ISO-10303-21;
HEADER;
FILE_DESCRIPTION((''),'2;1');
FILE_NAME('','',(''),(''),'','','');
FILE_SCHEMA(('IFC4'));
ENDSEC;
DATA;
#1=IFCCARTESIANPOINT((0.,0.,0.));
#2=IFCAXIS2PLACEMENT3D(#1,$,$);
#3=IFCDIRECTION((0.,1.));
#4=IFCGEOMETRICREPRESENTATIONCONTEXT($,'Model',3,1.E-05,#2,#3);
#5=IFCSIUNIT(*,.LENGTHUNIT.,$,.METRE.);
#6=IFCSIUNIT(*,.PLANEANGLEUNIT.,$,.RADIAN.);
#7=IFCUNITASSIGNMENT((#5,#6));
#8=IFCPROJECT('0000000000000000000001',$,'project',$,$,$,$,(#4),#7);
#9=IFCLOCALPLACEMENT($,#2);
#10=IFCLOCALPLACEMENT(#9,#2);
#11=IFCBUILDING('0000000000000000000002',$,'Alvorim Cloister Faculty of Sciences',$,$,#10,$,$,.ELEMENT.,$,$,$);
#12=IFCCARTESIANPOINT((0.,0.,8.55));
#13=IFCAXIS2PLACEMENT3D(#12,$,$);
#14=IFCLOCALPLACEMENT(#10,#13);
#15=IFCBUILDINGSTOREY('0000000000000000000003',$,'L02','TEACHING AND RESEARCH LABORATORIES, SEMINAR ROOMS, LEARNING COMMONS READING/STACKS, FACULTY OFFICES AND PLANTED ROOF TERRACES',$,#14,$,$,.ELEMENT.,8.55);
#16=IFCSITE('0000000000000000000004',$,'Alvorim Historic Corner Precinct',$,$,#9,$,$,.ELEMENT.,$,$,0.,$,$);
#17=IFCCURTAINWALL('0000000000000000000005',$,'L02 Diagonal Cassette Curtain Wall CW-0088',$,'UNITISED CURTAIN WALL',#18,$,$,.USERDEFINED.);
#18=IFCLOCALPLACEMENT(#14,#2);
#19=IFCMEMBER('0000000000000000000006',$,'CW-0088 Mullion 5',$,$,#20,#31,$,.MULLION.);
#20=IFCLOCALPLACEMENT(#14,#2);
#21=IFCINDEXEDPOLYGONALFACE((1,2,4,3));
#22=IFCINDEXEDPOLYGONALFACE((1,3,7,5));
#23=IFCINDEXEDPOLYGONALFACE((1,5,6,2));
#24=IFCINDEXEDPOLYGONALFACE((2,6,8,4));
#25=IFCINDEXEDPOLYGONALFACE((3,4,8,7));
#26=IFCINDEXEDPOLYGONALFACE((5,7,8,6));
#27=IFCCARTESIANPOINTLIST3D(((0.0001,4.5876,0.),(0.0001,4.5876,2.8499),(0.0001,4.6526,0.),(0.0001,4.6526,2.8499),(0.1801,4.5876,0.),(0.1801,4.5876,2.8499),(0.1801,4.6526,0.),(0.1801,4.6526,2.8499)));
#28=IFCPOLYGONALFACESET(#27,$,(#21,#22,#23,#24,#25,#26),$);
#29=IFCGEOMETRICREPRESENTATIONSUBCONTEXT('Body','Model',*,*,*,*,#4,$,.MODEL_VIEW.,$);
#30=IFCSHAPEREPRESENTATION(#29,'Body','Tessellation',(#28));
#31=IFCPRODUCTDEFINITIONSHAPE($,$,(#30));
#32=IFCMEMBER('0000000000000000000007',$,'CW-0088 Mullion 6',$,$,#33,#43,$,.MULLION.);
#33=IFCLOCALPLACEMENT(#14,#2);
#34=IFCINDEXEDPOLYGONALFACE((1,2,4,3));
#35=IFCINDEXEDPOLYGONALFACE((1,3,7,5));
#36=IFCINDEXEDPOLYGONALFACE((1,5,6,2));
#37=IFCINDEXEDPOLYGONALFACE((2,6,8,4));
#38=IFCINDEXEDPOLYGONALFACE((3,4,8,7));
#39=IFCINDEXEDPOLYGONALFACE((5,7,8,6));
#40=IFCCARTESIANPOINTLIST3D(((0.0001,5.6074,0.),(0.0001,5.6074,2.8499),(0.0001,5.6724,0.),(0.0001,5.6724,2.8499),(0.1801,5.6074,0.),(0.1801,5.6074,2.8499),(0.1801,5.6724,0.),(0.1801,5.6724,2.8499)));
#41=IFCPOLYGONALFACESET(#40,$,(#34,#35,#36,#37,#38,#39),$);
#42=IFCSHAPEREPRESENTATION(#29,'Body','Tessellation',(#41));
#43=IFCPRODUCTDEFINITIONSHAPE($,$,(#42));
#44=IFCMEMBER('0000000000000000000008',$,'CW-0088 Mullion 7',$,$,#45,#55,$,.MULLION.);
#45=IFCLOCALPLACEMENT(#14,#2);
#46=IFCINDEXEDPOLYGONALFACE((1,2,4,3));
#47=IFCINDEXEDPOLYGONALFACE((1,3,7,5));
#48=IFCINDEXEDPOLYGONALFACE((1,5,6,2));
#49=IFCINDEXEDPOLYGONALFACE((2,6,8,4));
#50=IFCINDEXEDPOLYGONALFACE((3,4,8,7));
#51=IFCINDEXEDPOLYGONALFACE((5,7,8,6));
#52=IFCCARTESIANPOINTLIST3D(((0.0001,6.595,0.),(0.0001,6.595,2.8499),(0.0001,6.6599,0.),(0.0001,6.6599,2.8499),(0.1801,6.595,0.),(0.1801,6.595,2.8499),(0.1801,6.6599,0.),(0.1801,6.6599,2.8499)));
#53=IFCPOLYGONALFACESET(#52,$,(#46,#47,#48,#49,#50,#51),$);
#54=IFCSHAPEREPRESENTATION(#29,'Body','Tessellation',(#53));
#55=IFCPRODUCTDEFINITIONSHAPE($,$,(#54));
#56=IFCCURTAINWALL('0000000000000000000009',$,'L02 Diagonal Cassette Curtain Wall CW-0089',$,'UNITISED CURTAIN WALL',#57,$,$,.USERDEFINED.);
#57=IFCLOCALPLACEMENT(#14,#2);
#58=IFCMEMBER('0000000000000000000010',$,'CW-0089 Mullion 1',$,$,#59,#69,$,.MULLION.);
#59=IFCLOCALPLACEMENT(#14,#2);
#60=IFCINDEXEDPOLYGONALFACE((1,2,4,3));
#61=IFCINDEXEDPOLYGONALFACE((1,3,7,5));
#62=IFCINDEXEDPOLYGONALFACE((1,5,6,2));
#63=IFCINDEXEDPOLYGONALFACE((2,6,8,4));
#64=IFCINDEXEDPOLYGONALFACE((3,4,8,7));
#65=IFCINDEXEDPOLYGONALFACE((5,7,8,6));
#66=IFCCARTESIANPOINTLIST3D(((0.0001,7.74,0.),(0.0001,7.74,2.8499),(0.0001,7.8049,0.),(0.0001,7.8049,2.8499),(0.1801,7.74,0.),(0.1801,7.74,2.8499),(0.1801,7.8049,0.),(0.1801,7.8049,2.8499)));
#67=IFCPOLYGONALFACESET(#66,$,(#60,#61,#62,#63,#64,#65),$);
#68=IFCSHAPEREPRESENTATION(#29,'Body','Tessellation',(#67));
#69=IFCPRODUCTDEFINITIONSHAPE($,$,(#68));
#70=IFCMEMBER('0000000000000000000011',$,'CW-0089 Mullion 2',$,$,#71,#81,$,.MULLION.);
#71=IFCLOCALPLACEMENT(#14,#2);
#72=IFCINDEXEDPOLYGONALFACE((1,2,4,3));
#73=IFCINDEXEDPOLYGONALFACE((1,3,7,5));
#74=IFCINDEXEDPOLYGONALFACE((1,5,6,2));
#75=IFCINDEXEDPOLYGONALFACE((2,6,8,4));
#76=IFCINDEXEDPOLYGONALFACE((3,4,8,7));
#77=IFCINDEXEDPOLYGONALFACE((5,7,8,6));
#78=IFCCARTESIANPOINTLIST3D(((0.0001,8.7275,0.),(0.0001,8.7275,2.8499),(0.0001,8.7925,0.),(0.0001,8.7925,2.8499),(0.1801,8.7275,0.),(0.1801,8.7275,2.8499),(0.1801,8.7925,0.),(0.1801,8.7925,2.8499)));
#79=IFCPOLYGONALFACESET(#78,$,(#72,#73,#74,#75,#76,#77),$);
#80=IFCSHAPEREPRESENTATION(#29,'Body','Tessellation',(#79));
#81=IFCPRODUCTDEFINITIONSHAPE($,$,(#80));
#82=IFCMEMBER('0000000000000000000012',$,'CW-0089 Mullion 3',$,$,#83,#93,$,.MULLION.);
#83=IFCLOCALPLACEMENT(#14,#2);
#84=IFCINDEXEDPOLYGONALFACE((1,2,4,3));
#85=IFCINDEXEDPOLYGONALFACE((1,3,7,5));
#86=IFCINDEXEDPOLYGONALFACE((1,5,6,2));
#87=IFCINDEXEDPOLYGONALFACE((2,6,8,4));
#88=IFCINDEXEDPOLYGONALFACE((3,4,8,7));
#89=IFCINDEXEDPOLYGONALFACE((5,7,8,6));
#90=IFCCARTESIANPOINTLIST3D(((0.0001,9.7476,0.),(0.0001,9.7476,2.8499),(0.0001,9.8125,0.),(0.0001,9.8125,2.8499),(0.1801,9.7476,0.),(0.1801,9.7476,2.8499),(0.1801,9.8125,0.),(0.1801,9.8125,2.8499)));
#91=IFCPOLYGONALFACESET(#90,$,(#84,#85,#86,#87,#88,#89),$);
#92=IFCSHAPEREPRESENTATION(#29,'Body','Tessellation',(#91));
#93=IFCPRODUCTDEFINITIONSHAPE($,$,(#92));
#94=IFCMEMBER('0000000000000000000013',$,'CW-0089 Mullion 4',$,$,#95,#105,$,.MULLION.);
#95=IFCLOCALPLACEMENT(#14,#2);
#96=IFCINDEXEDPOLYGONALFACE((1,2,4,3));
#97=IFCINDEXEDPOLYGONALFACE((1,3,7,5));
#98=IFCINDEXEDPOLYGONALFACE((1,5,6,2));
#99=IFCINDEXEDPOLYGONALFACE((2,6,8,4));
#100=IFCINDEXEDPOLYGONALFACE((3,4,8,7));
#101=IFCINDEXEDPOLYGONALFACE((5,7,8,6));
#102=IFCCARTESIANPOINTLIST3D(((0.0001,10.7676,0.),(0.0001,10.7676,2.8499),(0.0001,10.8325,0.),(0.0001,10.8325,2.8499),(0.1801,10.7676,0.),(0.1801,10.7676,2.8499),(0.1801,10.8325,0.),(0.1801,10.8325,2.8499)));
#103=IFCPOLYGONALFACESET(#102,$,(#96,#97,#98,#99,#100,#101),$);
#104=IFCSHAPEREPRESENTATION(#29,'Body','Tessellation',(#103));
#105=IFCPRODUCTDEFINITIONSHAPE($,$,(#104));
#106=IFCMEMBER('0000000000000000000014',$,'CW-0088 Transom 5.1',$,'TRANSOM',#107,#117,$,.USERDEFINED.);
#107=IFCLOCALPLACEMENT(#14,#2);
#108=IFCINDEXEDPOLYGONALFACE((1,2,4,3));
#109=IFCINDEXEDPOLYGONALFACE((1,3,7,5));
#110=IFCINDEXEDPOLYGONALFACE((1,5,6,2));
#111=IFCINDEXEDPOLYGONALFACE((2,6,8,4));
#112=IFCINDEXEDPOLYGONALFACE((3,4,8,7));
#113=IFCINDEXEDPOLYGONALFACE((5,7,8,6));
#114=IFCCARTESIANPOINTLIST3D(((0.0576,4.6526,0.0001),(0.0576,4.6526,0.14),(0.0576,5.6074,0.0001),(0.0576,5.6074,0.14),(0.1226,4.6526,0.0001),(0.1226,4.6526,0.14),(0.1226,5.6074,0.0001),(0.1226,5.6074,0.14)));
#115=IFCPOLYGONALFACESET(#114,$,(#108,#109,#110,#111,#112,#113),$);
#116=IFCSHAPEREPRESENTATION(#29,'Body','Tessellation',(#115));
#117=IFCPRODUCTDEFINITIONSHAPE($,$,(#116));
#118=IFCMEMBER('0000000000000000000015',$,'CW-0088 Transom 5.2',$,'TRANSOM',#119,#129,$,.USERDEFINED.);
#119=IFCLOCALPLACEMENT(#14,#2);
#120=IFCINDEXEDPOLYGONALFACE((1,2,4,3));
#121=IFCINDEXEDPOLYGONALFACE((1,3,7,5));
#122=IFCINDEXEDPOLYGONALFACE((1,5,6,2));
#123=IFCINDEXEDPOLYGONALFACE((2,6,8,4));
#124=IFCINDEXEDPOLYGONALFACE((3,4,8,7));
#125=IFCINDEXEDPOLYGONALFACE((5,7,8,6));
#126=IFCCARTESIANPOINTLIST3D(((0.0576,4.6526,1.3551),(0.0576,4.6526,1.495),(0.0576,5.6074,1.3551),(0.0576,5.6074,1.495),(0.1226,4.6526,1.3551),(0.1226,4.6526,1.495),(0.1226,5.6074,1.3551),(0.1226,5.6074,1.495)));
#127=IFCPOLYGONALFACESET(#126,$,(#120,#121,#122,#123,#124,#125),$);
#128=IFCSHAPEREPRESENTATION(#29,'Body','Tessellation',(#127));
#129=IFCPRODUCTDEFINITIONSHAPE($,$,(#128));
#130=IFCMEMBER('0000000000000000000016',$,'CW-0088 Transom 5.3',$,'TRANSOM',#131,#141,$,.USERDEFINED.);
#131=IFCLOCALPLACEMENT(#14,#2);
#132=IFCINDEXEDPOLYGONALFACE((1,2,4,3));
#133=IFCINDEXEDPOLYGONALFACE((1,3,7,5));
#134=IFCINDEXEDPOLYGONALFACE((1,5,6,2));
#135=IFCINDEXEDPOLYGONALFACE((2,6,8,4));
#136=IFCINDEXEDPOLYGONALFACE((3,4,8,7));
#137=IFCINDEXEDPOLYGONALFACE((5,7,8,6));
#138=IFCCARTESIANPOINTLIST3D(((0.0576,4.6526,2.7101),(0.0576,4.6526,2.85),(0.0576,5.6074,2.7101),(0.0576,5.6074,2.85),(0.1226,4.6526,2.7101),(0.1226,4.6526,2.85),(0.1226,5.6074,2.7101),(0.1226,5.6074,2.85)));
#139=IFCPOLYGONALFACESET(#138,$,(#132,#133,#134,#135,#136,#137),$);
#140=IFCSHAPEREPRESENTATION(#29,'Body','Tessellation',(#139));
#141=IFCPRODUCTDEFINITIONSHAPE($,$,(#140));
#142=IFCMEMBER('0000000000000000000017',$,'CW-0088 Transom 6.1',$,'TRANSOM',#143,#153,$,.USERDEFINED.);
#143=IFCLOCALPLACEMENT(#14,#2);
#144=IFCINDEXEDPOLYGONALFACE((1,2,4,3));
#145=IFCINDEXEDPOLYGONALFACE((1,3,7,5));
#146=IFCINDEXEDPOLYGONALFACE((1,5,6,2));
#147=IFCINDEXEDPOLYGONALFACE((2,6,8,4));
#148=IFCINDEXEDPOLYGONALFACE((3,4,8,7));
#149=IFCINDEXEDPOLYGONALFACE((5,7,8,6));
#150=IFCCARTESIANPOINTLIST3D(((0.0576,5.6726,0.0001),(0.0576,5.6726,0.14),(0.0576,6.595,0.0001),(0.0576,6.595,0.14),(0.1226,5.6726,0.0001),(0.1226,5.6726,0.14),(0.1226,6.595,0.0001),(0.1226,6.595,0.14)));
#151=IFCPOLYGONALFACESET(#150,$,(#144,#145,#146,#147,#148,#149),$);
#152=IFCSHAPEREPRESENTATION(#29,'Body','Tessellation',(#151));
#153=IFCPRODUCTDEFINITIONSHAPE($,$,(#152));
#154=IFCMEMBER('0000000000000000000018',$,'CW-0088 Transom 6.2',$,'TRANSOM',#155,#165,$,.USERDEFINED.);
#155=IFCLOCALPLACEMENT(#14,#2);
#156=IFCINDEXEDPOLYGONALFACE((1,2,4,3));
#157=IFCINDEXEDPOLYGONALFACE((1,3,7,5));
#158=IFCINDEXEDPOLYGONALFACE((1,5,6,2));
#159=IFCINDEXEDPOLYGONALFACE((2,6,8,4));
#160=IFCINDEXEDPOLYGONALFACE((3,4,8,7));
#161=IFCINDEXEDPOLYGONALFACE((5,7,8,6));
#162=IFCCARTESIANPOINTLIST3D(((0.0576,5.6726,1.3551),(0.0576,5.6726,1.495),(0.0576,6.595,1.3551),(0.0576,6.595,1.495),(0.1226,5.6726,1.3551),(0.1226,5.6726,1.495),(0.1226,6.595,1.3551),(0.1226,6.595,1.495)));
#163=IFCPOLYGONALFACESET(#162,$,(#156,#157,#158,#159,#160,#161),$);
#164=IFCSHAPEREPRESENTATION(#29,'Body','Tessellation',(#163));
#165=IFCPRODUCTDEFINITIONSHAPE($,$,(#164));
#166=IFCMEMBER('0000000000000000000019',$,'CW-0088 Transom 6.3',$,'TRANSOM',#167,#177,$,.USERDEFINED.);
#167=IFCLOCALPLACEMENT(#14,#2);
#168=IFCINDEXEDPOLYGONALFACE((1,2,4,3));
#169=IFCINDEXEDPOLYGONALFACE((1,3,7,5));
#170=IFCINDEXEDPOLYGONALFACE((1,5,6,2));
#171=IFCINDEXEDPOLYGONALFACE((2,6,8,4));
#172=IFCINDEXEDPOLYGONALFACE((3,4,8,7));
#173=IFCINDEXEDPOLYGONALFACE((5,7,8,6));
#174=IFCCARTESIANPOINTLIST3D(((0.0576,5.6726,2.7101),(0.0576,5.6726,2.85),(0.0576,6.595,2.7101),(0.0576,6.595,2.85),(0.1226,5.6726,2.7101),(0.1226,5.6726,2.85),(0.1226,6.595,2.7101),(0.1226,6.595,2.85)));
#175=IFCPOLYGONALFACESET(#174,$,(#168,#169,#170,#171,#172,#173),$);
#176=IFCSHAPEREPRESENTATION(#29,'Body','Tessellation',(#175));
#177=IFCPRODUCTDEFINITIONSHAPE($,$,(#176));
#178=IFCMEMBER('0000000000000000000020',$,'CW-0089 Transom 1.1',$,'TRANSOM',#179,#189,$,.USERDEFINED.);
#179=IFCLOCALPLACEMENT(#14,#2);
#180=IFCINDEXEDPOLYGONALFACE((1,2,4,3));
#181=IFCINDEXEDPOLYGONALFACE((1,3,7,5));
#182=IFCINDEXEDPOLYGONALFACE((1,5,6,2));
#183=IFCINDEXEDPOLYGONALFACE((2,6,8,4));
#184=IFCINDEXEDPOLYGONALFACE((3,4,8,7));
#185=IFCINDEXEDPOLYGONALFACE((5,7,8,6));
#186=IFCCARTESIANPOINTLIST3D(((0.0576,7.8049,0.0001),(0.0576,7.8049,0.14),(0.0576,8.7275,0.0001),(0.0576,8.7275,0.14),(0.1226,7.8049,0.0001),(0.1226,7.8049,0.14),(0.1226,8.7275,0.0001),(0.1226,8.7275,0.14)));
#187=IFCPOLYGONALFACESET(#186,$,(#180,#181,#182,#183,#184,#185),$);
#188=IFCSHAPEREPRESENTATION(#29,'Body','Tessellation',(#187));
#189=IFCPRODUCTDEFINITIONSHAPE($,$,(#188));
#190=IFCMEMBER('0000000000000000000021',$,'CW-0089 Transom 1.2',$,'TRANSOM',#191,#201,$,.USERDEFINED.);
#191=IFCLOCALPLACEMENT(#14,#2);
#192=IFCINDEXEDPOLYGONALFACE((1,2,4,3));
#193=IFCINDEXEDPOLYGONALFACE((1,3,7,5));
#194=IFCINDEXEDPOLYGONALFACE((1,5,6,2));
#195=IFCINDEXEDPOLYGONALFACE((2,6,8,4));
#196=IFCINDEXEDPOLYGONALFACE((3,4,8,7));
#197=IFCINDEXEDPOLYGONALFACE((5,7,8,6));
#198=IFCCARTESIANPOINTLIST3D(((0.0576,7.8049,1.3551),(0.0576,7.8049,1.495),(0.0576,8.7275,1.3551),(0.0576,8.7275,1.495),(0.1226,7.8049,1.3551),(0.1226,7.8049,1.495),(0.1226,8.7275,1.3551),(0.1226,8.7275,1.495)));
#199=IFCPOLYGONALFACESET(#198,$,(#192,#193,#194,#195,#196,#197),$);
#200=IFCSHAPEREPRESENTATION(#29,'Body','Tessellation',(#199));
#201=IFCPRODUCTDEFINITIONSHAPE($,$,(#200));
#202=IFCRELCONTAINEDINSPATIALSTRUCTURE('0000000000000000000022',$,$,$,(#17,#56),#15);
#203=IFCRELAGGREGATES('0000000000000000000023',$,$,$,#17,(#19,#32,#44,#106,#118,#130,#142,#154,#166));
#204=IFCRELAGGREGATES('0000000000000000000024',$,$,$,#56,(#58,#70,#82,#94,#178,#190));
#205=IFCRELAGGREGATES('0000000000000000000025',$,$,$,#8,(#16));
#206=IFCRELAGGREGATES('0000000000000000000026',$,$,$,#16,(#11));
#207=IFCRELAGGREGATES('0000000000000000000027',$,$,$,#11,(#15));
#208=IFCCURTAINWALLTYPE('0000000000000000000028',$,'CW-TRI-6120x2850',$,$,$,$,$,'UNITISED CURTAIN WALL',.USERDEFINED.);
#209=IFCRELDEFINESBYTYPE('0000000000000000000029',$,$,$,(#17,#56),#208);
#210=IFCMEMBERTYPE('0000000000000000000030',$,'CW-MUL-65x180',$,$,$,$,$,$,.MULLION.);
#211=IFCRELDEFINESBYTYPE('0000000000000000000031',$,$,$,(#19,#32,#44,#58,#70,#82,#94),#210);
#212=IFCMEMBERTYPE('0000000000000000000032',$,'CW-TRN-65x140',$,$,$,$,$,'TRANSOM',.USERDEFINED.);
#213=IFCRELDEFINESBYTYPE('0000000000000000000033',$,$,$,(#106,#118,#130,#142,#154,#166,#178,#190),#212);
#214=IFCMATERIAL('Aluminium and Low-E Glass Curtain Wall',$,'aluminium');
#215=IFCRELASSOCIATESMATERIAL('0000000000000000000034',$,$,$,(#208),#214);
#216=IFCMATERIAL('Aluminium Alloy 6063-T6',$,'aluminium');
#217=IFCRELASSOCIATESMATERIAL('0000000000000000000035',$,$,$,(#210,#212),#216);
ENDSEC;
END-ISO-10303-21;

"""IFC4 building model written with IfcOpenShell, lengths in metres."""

from ifc_helpers import new_model, si_unit, direction, frame, origin, origin_2d, place, context, subcontext, project, spatial, rectangle, extrude, material, material_profile, profile_set, type_object, element, aggregate, save


model = new_model("IFC4")

# Units and contexts
model_context = context("Model", 3, precision=1e-05, world=origin(), true_north=direction((0.0, 1.0)))
body_context = subcontext(model_context, "Body", "Model", "MODEL_VIEW")
ifc_project = project(units=[si_unit("LENGTHUNIT", "METRE"), si_unit("PLANEANGLEUNIT", "RADIAN")], contexts=[model_context])

# Site, building, storey
site_placement = place(None, origin())
site = spatial("IfcSite", under=ifc_project, at=site_placement, Name="Alvorim Historic Corner Precinct", CompositionType="ELEMENT", RefElevation=0.0)
building_placement = place(site_placement, origin())
building = spatial("IfcBuilding", under=site, at=building_placement, Name="Alvorim Cloister Faculty of Sciences", CompositionType="ELEMENT")
storey_placement = place(building_placement, frame((0.0, 0.0, 8.55)))
storey = spatial("IfcBuildingStorey", under=building, at=storey_placement, Name="L02", Description="TEACHING AND RESEARCH LABORATORIES, SEMINAR ROOMS, LEARNING COMMONS READING/STACKS, FACULTY OFFICES AND PLANTED ROOF TERRACES", CompositionType="ELEMENT", Elevation=8.55)

# Curtain walls, members
ifc_material_1 = material(Name="Aluminium and Low-E Glass Curtain Wall", Category="aluminium")
curtain_wall_type = type_object("IfcCurtainWallType", Name="CW-TRI-6120x2850", ElementType="UNITISED CURTAIN WALL", PredefinedType="USERDEFINED", material=ifc_material_1)
curtain_wall_1_placement = place(storey_placement, origin())
curtain_wall_1 = element("IfcCurtainWall", 1, at=curtain_wall_1_placement, inside=storey, type_object=curtain_wall_type, Name="L02 Diagonal Cassette Curtain Wall CW-0088", ObjectType="UNITISED CURTAIN WALL", PredefinedType="USERDEFINED")
ifc_material_2 = material(Name="Aluminium Alloy 6063-T6", Category="aluminium")
ifc_material_profile_1 = material_profile(ifc_material_2, rectangle(XDim=0.0649, YDim=0.1799, at=origin_2d()), Name="ALU-MUL-65x180")
ifc_profile_set_1 = profile_set([ifc_material_profile_1], Name="Aluminium Alloy 6063-T6")
member_type_1 = type_object("IfcMemberType", Name="CW-MUL-65x180", PredefinedType="MULLION", material=ifc_profile_set_1)
member_1_placement = place(storey_placement, frame((0.0901, 4.6201, 0.0), z_axis=(0.0, 0.0, 1.0), x_axis=(0.0, 1.0, 0.0)))
member_1 = element("IfcMember", 2, at=member_1_placement, type_object=member_type_1, Name="CW-0088 Mullion 5", PredefinedType="MULLION", context=body_context, shape_type="SweptSolid", body=[
    extrude(rectangle(XDim=0.0649, YDim=0.1799, at=origin_2d()), origin(), (0.0, 0.0, 1.0), 2.8499),
])
member_2_placement = place(storey_placement, frame((0.0901, 5.6399, 0.0), z_axis=(0.0, 0.0, 1.0), x_axis=(0.0, 1.0, 0.0)))
member_2 = element("IfcMember", 3, at=member_2_placement, type_object=member_type_1, Name="CW-0088 Mullion 6", PredefinedType="MULLION", context=body_context, shape_type="SweptSolid", body=[
    extrude(rectangle(XDim=0.0649, YDim=0.1799, at=origin_2d()), origin(), (0.0, 0.0, 1.0), 2.8499),
])
member_3_placement = place(storey_placement, frame((0.0901, 6.6274, 0.0), z_axis=(0.0, 0.0, 1.0), x_axis=(0.0, 1.0, 0.0)))
member_3 = element("IfcMember", 4, at=member_3_placement, type_object=member_type_1, Name="CW-0088 Mullion 7", PredefinedType="MULLION", context=body_context, shape_type="SweptSolid", body=[
    extrude(rectangle(XDim=0.0649, YDim=0.1799, at=origin_2d()), origin(), (0.0, 0.0, 1.0), 2.8499),
])
curtain_wall_2_placement = place(storey_placement, origin())
curtain_wall_2 = element("IfcCurtainWall", 5, at=curtain_wall_2_placement, inside=storey, type_object=curtain_wall_type, Name="L02 Diagonal Cassette Curtain Wall CW-0089", ObjectType="UNITISED CURTAIN WALL", PredefinedType="USERDEFINED")
member_4_placement = place(storey_placement, frame((0.0901, 7.7725, 0.0), z_axis=(0.0, 0.0, 1.0), x_axis=(0.0, 1.0, 0.0)))
member_4 = element("IfcMember", 6, at=member_4_placement, type_object=member_type_1, Name="CW-0089 Mullion 1", PredefinedType="MULLION", context=body_context, shape_type="SweptSolid", body=[
    extrude(rectangle(XDim=0.0649, YDim=0.1799, at=origin_2d()), origin(), (0.0, 0.0, 1.0), 2.8499),
])
member_5_placement = place(storey_placement, frame((0.0901, 8.76, 0.0), z_axis=(0.0, 0.0, 1.0), x_axis=(0.0, 1.0, 0.0)))
member_5 = element("IfcMember", 7, at=member_5_placement, type_object=member_type_1, Name="CW-0089 Mullion 2", PredefinedType="MULLION", context=body_context, shape_type="SweptSolid", body=[
    extrude(rectangle(XDim=0.0649, YDim=0.1799, at=origin_2d()), origin(), (0.0, 0.0, 1.0), 2.8499),
])
member_6_placement = place(storey_placement, frame((0.0901, 9.78, 0.0), z_axis=(0.0, 0.0, 1.0), x_axis=(0.0, 1.0, 0.0)))
member_6 = element("IfcMember", 8, at=member_6_placement, type_object=member_type_1, Name="CW-0089 Mullion 3", PredefinedType="MULLION", context=body_context, shape_type="SweptSolid", body=[
    extrude(rectangle(XDim=0.0649, YDim=0.1799, at=origin_2d()), origin(), (0.0, 0.0, 1.0), 2.8499),
])
member_7_placement = place(storey_placement, frame((0.0901, 10.8, 0.0), z_axis=(0.0, 0.0, 1.0), x_axis=(0.0, 1.0, 0.0)))
member_7 = element("IfcMember", 9, at=member_7_placement, type_object=member_type_1, Name="CW-0089 Mullion 4", PredefinedType="MULLION", context=body_context, shape_type="SweptSolid", body=[
    extrude(rectangle(XDim=0.0649, YDim=0.1799, at=origin_2d()), origin(), (0.0, 0.0, 1.0), 2.8499),
])

# Members
ifc_material_profile_2 = material_profile(ifc_material_2, rectangle(XDim=0.0649, YDim=0.1399, at=origin_2d()), Name="ALU-TRN-65x140")
ifc_profile_set_2 = profile_set([ifc_material_profile_2], Name="Aluminium Alloy 6063-T6")
member_type_2 = type_object("IfcMemberType", Name="CW-TRN-65x140", ElementType="TRANSOM", PredefinedType="USERDEFINED", material=ifc_profile_set_2)
member_8_placement = place(storey_placement, frame((0.0901, 4.6526, 0.0701), z_axis=(0.0, 1.0, 0.0), x_axis=(-1.0, 0.0, 0.0)))
member_8 = element("IfcMember", 10, at=member_8_placement, type_object=member_type_2, Name="CW-0088 Transom 5.1", ObjectType="TRANSOM", PredefinedType="USERDEFINED", context=body_context, shape_type="SweptSolid", body=[
    extrude(rectangle(XDim=0.0649, YDim=0.1399, at=origin_2d()), origin(), (0.0, 0.0, 1.0), 0.9548),
])
member_9_placement = place(storey_placement, frame((0.0901, 4.6526, 1.425), z_axis=(0.0, 1.0, 0.0), x_axis=(-1.0, 0.0, 0.0)))
member_9 = element("IfcMember", 11, at=member_9_placement, type_object=member_type_2, Name="CW-0088 Transom 5.2", ObjectType="TRANSOM", PredefinedType="USERDEFINED", context=body_context, shape_type="SweptSolid", body=[
    extrude(rectangle(XDim=0.0649, YDim=0.1399, at=origin_2d()), origin(), (0.0, 0.0, 1.0), 0.9548),
])
member_10_placement = place(storey_placement, frame((0.0901, 4.6526, 2.78), z_axis=(0.0, 1.0, 0.0), x_axis=(-1.0, 0.0, 0.0)))
member_10 = element("IfcMember", 12, at=member_10_placement, type_object=member_type_2, Name="CW-0088 Transom 5.3", ObjectType="TRANSOM", PredefinedType="USERDEFINED", context=body_context, shape_type="SweptSolid", body=[
    extrude(rectangle(XDim=0.0649, YDim=0.1399, at=origin_2d()), origin(), (0.0, 0.0, 1.0), 0.9548),
])
member_11_placement = place(storey_placement, frame((0.0901, 5.6726, 0.0701), z_axis=(0.0, 1.0, 0.0), x_axis=(-1.0, 0.0, 0.0)))
member_11 = element("IfcMember", 13, at=member_11_placement, type_object=member_type_2, Name="CW-0088 Transom 6.1", ObjectType="TRANSOM", PredefinedType="USERDEFINED", context=body_context, shape_type="SweptSolid", body=[
    extrude(rectangle(XDim=0.0649, YDim=0.1399, at=origin_2d()), origin(), (0.0, 0.0, 1.0), 0.9224),
])
member_12_placement = place(storey_placement, frame((0.0901, 5.6726, 1.425), z_axis=(0.0, 1.0, 0.0), x_axis=(-1.0, 0.0, 0.0)))
member_12 = element("IfcMember", 14, at=member_12_placement, type_object=member_type_2, Name="CW-0088 Transom 6.2", ObjectType="TRANSOM", PredefinedType="USERDEFINED", context=body_context, shape_type="SweptSolid", body=[
    extrude(rectangle(XDim=0.0649, YDim=0.1399, at=origin_2d()), origin(), (0.0, 0.0, 1.0), 0.9224),
])
member_13_placement = place(storey_placement, frame((0.0901, 5.6726, 2.78), z_axis=(0.0, 1.0, 0.0), x_axis=(-1.0, 0.0, 0.0)))
member_13 = element("IfcMember", 15, at=member_13_placement, type_object=member_type_2, Name="CW-0088 Transom 6.3", ObjectType="TRANSOM", PredefinedType="USERDEFINED", context=body_context, shape_type="SweptSolid", body=[
    extrude(rectangle(XDim=0.0649, YDim=0.1399, at=origin_2d()), origin(), (0.0, 0.0, 1.0), 0.9224),
])
aggregate(curtain_wall_1, [member_1, member_2, member_3, member_8, member_9, member_10, member_11, member_12, member_13])
member_14_placement = place(storey_placement, frame((0.0901, 7.8049, 0.0701), z_axis=(0.0, 1.0, 0.0), x_axis=(-1.0, 0.0, 0.0)))
member_14 = element("IfcMember", 16, at=member_14_placement, type_object=member_type_2, Name="CW-0089 Transom 1.1", ObjectType="TRANSOM", PredefinedType="USERDEFINED", context=body_context, shape_type="SweptSolid", body=[
    extrude(rectangle(XDim=0.0649, YDim=0.1399, at=origin_2d()), origin(), (0.0, 0.0, 1.0), 0.9226),
])
member_15_placement = place(storey_placement, frame((0.0901, 7.8049, 1.425), z_axis=(0.0, 1.0, 0.0), x_axis=(-1.0, 0.0, 0.0)))
member_15 = element("IfcMember", 17, at=member_15_placement, type_object=member_type_2, Name="CW-0089 Transom 1.2", ObjectType="TRANSOM", PredefinedType="USERDEFINED", context=body_context, shape_type="SweptSolid", body=[
    extrude(rectangle(XDim=0.0649, YDim=0.1399, at=origin_2d()), origin(), (0.0, 0.0, 1.0), 0.9226),
])
aggregate(curtain_wall_2, [member_4, member_5, member_6, member_7, member_14, member_15])

save(model, "model.ifc")
